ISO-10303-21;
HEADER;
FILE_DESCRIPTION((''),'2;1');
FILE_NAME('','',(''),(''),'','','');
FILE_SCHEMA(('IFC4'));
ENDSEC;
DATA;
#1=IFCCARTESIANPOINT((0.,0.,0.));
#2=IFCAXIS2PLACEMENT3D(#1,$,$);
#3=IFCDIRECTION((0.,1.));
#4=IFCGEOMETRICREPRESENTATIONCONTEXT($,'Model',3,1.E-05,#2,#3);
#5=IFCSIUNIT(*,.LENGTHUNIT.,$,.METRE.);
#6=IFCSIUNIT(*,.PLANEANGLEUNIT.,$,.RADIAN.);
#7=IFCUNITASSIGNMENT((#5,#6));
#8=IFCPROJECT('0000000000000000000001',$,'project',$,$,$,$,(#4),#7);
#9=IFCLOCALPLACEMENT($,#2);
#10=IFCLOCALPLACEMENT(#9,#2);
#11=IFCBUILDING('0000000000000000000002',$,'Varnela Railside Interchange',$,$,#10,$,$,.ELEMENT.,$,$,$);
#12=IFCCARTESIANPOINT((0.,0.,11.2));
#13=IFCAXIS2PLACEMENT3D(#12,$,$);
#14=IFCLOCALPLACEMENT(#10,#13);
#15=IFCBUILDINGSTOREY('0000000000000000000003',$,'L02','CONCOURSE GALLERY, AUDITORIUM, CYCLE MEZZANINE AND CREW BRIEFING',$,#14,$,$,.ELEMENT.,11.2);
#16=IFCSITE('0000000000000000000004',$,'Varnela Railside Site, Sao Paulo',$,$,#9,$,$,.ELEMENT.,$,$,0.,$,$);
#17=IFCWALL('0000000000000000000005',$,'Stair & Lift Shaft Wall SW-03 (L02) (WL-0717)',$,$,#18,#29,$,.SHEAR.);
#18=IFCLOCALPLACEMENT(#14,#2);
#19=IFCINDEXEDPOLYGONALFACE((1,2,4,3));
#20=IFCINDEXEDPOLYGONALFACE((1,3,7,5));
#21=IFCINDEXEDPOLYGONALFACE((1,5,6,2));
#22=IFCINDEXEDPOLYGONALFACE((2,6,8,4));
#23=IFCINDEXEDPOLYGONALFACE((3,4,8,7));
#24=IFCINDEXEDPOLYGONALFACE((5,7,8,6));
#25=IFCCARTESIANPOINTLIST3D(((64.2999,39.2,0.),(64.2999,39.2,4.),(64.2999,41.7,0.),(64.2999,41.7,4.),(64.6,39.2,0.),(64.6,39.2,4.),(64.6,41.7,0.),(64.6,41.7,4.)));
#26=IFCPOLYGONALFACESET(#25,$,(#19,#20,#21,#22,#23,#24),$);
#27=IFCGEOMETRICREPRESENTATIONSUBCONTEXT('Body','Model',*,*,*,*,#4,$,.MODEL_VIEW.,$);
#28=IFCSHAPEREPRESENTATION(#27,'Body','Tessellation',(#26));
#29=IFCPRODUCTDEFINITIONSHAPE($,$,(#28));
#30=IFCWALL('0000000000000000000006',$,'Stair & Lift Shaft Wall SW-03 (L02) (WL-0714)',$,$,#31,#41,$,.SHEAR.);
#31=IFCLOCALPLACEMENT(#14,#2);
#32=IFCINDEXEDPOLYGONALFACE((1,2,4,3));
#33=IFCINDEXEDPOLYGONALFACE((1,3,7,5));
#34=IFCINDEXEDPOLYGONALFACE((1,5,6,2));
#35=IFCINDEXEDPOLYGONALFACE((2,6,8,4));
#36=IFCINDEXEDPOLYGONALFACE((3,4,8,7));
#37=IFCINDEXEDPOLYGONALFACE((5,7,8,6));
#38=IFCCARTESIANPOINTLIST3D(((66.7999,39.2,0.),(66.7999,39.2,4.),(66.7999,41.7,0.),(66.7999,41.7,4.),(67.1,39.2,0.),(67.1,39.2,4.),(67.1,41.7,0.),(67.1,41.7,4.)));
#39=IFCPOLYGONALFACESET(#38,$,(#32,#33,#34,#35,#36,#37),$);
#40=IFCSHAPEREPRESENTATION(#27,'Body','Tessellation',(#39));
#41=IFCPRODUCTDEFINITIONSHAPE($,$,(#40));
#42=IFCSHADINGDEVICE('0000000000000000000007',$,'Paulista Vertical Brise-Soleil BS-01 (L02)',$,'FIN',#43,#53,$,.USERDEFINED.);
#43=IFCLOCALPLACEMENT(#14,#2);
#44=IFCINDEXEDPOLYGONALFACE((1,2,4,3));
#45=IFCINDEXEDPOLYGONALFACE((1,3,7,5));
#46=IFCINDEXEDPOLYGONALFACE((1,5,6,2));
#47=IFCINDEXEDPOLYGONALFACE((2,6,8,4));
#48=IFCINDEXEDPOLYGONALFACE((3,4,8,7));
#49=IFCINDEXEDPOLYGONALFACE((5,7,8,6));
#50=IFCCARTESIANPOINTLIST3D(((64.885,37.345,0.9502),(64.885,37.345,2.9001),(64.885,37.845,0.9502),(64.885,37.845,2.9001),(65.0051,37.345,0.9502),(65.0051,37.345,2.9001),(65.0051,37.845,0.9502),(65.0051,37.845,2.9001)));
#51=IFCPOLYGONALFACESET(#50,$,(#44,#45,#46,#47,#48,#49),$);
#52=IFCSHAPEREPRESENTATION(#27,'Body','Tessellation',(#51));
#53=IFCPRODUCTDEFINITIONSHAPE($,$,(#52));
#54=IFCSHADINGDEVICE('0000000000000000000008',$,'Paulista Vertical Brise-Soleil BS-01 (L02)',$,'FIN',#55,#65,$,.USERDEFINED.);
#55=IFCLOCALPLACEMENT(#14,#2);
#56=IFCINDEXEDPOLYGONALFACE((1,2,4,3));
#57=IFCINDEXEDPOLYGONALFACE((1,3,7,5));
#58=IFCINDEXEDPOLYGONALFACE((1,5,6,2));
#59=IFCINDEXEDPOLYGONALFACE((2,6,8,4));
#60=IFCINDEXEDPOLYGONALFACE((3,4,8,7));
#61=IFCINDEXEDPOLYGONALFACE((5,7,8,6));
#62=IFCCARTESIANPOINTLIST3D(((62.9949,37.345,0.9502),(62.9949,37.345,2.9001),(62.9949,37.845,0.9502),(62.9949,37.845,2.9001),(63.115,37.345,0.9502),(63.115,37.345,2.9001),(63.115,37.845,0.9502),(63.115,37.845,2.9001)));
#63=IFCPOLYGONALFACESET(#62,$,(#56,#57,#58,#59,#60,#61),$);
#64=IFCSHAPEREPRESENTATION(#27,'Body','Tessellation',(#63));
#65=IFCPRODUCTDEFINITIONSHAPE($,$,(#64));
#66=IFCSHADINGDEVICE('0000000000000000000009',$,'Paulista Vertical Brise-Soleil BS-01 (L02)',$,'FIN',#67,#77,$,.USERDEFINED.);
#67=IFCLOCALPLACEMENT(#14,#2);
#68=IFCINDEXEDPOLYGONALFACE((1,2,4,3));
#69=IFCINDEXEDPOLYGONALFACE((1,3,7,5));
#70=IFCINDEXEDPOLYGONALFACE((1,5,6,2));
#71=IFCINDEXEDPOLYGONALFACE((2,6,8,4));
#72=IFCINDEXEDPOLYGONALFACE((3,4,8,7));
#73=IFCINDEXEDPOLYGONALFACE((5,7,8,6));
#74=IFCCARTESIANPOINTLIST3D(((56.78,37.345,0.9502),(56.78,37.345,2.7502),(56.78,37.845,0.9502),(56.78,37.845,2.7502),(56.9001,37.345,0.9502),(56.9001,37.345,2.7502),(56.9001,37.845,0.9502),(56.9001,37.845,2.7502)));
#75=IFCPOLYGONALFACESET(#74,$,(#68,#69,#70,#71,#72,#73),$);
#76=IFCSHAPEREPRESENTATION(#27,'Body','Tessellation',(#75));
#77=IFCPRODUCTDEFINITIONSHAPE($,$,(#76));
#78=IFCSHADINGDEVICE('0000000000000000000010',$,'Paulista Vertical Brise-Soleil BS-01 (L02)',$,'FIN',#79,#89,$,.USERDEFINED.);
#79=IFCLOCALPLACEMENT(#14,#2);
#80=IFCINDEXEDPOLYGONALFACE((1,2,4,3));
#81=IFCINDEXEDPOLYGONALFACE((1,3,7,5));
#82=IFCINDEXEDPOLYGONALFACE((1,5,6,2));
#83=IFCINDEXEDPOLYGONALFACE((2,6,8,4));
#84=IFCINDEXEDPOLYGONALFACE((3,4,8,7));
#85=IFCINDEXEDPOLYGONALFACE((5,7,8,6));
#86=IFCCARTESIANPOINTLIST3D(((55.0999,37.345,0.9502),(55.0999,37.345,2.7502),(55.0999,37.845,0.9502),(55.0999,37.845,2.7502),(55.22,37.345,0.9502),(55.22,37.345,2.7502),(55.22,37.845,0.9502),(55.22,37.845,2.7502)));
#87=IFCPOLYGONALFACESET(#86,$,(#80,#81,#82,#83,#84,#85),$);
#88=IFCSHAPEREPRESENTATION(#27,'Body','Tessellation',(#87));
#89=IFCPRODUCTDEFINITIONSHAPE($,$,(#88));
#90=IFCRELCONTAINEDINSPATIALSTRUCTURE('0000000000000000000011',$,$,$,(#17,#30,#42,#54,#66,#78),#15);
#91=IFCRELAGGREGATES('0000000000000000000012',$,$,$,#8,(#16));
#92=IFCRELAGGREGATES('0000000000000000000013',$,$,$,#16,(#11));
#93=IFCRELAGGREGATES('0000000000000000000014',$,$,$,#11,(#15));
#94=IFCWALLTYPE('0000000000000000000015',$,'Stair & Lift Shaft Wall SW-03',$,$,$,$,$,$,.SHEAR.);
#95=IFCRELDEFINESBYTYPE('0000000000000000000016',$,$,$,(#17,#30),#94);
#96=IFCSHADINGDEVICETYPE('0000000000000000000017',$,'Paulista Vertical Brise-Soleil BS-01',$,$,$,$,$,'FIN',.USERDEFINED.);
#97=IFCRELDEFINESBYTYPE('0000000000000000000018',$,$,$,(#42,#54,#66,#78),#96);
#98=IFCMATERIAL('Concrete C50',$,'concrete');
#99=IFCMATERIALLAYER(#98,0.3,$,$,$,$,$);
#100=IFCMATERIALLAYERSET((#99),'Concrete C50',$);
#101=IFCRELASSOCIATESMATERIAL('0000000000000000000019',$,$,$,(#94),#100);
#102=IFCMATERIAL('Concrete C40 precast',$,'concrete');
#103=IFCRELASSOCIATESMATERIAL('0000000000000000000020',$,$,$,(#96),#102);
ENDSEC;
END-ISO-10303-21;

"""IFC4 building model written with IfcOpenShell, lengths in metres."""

from ifc_helpers import new_model, si_unit, direction, frame, frame_2d, origin, origin_2d, place, context, subcontext, project, spatial, rectangle, extrude, material, layer, layer_set, type_object, element, save


model = new_model("IFC4")

# Units and contexts
model_context = context("Model", 3, precision=1e-05, world=origin(), true_north=direction((0.0, 1.0)))
body_context = subcontext(model_context, "Body", "Model", "MODEL_VIEW")
ifc_project = project(units=[si_unit("LENGTHUNIT", "METRE"), si_unit("PLANEANGLEUNIT", "RADIAN")], contexts=[model_context])

# Site, building, storey
site_placement = place(None, origin())
site = spatial("IfcSite", under=ifc_project, at=site_placement, Name="Varnela Railside Site, Sao Paulo", CompositionType="ELEMENT", RefElevation=0.0)
building_placement = place(site_placement, origin())
building = spatial("IfcBuilding", under=site, at=building_placement, Name="Varnela Railside Interchange", CompositionType="ELEMENT")
storey_placement = place(building_placement, frame((0.0, 0.0, 11.2)))
storey = spatial("IfcBuildingStorey", under=building, at=storey_placement, Name="L02", Description="CONCOURSE GALLERY, AUDITORIUM, CYCLE MEZZANINE AND CREW BRIEFING", CompositionType="ELEMENT", Elevation=11.2)

# Shared definitions
ifc_material_1 = material(Name="Concrete C50", Category="concrete")

# Shared definitions
ifc_material_2 = material(Name="Concrete C40 precast", Category="concrete")

# Shared definitions
ifc_layer_1 = layer(ifc_material_1, 0.3)
ifc_layer_set_1 = layer_set([ifc_layer_1], Name="Concrete C50")
wall_type_1 = type_object("IfcWallType", Name="Stair & Lift Shaft Wall SW-03", PredefinedType="SHEAR", material=ifc_layer_set_1)

# Walls
for number, where, z_axis, x_axis, name in (
    (1, (64.45, 39.2, 0.0), (0.0, 0.0, 1.0), (0.0, 1.0, 0.0), "Stair & Lift Shaft Wall SW-03 (L02) (WL-0717)"),
    (2, (66.95, 39.2, 0.0), (0.0, 0.0, 1.0), (0.0, 1.0, 0.0), "Stair & Lift Shaft Wall SW-03 (L02) (WL-0714)"),
):
    element("IfcWall", number, at=place(storey_placement, frame(where, z_axis=z_axis, x_axis=x_axis)), inside=storey, type_object=wall_type_1, Name=name, PredefinedType="SHEAR", context=body_context, shape_type="SweptSolid", body=[
        extrude(rectangle(XDim=2.5, YDim=0.3, at=frame_2d((1.25, 0.0))), origin(), (0.0, 0.0, 1.0), 4.0),
    ])

# Shading devices
shading_device_type = type_object("IfcShadingDeviceType", Name="Paulista Vertical Brise-Soleil BS-01", ElementType="FIN", PredefinedType="USERDEFINED", material=ifc_material_2)
for number, where, z_axis, x_axis, name in (
    (3, (64.9451, 37.595, 0.9502), (0.0, 0.0, 1.0), (0.0, -1.0, 0.0), "Paulista Vertical Brise-Soleil BS-01 (L02)"),
    (4, (63.0549, 37.595, 0.9502), (0.0, 0.0, 1.0), (0.0, -1.0, 0.0), "Paulista Vertical Brise-Soleil BS-01 (L02)"),
):
    element("IfcShadingDevice", number, at=place(storey_placement, frame(where, z_axis=z_axis, x_axis=x_axis)), inside=storey, type_object=shading_device_type, Name=name, ObjectType="FIN", PredefinedType="USERDEFINED", context=body_context, shape_type="SweptSolid", body=[
        extrude(rectangle(XDim=0.5, YDim=0.1201, at=origin_2d()), origin(), (0.0, 0.0, 1.0), 1.95),
    ])
for number, where, z_axis, x_axis, name in (
    (5, (56.8401, 37.595, 0.9502), (0.0, 0.0, 1.0), (0.0, -1.0, 0.0), "Paulista Vertical Brise-Soleil BS-01 (L02)"),
    (6, (55.1599, 37.595, 0.9502), (0.0, 0.0, 1.0), (0.0, -1.0, 0.0), "Paulista Vertical Brise-Soleil BS-01 (L02)"),
):
    element("IfcShadingDevice", number, at=place(storey_placement, frame(where, z_axis=z_axis, x_axis=x_axis)), inside=storey, type_object=shading_device_type, Name=name, ObjectType="FIN", PredefinedType="USERDEFINED", context=body_context, shape_type="SweptSolid", body=[
        extrude(rectangle(XDim=0.5, YDim=0.1201, at=origin_2d()), origin(), (0.0, 0.0, 1.0), 1.8),
    ])

save(model, "model.ifc")
